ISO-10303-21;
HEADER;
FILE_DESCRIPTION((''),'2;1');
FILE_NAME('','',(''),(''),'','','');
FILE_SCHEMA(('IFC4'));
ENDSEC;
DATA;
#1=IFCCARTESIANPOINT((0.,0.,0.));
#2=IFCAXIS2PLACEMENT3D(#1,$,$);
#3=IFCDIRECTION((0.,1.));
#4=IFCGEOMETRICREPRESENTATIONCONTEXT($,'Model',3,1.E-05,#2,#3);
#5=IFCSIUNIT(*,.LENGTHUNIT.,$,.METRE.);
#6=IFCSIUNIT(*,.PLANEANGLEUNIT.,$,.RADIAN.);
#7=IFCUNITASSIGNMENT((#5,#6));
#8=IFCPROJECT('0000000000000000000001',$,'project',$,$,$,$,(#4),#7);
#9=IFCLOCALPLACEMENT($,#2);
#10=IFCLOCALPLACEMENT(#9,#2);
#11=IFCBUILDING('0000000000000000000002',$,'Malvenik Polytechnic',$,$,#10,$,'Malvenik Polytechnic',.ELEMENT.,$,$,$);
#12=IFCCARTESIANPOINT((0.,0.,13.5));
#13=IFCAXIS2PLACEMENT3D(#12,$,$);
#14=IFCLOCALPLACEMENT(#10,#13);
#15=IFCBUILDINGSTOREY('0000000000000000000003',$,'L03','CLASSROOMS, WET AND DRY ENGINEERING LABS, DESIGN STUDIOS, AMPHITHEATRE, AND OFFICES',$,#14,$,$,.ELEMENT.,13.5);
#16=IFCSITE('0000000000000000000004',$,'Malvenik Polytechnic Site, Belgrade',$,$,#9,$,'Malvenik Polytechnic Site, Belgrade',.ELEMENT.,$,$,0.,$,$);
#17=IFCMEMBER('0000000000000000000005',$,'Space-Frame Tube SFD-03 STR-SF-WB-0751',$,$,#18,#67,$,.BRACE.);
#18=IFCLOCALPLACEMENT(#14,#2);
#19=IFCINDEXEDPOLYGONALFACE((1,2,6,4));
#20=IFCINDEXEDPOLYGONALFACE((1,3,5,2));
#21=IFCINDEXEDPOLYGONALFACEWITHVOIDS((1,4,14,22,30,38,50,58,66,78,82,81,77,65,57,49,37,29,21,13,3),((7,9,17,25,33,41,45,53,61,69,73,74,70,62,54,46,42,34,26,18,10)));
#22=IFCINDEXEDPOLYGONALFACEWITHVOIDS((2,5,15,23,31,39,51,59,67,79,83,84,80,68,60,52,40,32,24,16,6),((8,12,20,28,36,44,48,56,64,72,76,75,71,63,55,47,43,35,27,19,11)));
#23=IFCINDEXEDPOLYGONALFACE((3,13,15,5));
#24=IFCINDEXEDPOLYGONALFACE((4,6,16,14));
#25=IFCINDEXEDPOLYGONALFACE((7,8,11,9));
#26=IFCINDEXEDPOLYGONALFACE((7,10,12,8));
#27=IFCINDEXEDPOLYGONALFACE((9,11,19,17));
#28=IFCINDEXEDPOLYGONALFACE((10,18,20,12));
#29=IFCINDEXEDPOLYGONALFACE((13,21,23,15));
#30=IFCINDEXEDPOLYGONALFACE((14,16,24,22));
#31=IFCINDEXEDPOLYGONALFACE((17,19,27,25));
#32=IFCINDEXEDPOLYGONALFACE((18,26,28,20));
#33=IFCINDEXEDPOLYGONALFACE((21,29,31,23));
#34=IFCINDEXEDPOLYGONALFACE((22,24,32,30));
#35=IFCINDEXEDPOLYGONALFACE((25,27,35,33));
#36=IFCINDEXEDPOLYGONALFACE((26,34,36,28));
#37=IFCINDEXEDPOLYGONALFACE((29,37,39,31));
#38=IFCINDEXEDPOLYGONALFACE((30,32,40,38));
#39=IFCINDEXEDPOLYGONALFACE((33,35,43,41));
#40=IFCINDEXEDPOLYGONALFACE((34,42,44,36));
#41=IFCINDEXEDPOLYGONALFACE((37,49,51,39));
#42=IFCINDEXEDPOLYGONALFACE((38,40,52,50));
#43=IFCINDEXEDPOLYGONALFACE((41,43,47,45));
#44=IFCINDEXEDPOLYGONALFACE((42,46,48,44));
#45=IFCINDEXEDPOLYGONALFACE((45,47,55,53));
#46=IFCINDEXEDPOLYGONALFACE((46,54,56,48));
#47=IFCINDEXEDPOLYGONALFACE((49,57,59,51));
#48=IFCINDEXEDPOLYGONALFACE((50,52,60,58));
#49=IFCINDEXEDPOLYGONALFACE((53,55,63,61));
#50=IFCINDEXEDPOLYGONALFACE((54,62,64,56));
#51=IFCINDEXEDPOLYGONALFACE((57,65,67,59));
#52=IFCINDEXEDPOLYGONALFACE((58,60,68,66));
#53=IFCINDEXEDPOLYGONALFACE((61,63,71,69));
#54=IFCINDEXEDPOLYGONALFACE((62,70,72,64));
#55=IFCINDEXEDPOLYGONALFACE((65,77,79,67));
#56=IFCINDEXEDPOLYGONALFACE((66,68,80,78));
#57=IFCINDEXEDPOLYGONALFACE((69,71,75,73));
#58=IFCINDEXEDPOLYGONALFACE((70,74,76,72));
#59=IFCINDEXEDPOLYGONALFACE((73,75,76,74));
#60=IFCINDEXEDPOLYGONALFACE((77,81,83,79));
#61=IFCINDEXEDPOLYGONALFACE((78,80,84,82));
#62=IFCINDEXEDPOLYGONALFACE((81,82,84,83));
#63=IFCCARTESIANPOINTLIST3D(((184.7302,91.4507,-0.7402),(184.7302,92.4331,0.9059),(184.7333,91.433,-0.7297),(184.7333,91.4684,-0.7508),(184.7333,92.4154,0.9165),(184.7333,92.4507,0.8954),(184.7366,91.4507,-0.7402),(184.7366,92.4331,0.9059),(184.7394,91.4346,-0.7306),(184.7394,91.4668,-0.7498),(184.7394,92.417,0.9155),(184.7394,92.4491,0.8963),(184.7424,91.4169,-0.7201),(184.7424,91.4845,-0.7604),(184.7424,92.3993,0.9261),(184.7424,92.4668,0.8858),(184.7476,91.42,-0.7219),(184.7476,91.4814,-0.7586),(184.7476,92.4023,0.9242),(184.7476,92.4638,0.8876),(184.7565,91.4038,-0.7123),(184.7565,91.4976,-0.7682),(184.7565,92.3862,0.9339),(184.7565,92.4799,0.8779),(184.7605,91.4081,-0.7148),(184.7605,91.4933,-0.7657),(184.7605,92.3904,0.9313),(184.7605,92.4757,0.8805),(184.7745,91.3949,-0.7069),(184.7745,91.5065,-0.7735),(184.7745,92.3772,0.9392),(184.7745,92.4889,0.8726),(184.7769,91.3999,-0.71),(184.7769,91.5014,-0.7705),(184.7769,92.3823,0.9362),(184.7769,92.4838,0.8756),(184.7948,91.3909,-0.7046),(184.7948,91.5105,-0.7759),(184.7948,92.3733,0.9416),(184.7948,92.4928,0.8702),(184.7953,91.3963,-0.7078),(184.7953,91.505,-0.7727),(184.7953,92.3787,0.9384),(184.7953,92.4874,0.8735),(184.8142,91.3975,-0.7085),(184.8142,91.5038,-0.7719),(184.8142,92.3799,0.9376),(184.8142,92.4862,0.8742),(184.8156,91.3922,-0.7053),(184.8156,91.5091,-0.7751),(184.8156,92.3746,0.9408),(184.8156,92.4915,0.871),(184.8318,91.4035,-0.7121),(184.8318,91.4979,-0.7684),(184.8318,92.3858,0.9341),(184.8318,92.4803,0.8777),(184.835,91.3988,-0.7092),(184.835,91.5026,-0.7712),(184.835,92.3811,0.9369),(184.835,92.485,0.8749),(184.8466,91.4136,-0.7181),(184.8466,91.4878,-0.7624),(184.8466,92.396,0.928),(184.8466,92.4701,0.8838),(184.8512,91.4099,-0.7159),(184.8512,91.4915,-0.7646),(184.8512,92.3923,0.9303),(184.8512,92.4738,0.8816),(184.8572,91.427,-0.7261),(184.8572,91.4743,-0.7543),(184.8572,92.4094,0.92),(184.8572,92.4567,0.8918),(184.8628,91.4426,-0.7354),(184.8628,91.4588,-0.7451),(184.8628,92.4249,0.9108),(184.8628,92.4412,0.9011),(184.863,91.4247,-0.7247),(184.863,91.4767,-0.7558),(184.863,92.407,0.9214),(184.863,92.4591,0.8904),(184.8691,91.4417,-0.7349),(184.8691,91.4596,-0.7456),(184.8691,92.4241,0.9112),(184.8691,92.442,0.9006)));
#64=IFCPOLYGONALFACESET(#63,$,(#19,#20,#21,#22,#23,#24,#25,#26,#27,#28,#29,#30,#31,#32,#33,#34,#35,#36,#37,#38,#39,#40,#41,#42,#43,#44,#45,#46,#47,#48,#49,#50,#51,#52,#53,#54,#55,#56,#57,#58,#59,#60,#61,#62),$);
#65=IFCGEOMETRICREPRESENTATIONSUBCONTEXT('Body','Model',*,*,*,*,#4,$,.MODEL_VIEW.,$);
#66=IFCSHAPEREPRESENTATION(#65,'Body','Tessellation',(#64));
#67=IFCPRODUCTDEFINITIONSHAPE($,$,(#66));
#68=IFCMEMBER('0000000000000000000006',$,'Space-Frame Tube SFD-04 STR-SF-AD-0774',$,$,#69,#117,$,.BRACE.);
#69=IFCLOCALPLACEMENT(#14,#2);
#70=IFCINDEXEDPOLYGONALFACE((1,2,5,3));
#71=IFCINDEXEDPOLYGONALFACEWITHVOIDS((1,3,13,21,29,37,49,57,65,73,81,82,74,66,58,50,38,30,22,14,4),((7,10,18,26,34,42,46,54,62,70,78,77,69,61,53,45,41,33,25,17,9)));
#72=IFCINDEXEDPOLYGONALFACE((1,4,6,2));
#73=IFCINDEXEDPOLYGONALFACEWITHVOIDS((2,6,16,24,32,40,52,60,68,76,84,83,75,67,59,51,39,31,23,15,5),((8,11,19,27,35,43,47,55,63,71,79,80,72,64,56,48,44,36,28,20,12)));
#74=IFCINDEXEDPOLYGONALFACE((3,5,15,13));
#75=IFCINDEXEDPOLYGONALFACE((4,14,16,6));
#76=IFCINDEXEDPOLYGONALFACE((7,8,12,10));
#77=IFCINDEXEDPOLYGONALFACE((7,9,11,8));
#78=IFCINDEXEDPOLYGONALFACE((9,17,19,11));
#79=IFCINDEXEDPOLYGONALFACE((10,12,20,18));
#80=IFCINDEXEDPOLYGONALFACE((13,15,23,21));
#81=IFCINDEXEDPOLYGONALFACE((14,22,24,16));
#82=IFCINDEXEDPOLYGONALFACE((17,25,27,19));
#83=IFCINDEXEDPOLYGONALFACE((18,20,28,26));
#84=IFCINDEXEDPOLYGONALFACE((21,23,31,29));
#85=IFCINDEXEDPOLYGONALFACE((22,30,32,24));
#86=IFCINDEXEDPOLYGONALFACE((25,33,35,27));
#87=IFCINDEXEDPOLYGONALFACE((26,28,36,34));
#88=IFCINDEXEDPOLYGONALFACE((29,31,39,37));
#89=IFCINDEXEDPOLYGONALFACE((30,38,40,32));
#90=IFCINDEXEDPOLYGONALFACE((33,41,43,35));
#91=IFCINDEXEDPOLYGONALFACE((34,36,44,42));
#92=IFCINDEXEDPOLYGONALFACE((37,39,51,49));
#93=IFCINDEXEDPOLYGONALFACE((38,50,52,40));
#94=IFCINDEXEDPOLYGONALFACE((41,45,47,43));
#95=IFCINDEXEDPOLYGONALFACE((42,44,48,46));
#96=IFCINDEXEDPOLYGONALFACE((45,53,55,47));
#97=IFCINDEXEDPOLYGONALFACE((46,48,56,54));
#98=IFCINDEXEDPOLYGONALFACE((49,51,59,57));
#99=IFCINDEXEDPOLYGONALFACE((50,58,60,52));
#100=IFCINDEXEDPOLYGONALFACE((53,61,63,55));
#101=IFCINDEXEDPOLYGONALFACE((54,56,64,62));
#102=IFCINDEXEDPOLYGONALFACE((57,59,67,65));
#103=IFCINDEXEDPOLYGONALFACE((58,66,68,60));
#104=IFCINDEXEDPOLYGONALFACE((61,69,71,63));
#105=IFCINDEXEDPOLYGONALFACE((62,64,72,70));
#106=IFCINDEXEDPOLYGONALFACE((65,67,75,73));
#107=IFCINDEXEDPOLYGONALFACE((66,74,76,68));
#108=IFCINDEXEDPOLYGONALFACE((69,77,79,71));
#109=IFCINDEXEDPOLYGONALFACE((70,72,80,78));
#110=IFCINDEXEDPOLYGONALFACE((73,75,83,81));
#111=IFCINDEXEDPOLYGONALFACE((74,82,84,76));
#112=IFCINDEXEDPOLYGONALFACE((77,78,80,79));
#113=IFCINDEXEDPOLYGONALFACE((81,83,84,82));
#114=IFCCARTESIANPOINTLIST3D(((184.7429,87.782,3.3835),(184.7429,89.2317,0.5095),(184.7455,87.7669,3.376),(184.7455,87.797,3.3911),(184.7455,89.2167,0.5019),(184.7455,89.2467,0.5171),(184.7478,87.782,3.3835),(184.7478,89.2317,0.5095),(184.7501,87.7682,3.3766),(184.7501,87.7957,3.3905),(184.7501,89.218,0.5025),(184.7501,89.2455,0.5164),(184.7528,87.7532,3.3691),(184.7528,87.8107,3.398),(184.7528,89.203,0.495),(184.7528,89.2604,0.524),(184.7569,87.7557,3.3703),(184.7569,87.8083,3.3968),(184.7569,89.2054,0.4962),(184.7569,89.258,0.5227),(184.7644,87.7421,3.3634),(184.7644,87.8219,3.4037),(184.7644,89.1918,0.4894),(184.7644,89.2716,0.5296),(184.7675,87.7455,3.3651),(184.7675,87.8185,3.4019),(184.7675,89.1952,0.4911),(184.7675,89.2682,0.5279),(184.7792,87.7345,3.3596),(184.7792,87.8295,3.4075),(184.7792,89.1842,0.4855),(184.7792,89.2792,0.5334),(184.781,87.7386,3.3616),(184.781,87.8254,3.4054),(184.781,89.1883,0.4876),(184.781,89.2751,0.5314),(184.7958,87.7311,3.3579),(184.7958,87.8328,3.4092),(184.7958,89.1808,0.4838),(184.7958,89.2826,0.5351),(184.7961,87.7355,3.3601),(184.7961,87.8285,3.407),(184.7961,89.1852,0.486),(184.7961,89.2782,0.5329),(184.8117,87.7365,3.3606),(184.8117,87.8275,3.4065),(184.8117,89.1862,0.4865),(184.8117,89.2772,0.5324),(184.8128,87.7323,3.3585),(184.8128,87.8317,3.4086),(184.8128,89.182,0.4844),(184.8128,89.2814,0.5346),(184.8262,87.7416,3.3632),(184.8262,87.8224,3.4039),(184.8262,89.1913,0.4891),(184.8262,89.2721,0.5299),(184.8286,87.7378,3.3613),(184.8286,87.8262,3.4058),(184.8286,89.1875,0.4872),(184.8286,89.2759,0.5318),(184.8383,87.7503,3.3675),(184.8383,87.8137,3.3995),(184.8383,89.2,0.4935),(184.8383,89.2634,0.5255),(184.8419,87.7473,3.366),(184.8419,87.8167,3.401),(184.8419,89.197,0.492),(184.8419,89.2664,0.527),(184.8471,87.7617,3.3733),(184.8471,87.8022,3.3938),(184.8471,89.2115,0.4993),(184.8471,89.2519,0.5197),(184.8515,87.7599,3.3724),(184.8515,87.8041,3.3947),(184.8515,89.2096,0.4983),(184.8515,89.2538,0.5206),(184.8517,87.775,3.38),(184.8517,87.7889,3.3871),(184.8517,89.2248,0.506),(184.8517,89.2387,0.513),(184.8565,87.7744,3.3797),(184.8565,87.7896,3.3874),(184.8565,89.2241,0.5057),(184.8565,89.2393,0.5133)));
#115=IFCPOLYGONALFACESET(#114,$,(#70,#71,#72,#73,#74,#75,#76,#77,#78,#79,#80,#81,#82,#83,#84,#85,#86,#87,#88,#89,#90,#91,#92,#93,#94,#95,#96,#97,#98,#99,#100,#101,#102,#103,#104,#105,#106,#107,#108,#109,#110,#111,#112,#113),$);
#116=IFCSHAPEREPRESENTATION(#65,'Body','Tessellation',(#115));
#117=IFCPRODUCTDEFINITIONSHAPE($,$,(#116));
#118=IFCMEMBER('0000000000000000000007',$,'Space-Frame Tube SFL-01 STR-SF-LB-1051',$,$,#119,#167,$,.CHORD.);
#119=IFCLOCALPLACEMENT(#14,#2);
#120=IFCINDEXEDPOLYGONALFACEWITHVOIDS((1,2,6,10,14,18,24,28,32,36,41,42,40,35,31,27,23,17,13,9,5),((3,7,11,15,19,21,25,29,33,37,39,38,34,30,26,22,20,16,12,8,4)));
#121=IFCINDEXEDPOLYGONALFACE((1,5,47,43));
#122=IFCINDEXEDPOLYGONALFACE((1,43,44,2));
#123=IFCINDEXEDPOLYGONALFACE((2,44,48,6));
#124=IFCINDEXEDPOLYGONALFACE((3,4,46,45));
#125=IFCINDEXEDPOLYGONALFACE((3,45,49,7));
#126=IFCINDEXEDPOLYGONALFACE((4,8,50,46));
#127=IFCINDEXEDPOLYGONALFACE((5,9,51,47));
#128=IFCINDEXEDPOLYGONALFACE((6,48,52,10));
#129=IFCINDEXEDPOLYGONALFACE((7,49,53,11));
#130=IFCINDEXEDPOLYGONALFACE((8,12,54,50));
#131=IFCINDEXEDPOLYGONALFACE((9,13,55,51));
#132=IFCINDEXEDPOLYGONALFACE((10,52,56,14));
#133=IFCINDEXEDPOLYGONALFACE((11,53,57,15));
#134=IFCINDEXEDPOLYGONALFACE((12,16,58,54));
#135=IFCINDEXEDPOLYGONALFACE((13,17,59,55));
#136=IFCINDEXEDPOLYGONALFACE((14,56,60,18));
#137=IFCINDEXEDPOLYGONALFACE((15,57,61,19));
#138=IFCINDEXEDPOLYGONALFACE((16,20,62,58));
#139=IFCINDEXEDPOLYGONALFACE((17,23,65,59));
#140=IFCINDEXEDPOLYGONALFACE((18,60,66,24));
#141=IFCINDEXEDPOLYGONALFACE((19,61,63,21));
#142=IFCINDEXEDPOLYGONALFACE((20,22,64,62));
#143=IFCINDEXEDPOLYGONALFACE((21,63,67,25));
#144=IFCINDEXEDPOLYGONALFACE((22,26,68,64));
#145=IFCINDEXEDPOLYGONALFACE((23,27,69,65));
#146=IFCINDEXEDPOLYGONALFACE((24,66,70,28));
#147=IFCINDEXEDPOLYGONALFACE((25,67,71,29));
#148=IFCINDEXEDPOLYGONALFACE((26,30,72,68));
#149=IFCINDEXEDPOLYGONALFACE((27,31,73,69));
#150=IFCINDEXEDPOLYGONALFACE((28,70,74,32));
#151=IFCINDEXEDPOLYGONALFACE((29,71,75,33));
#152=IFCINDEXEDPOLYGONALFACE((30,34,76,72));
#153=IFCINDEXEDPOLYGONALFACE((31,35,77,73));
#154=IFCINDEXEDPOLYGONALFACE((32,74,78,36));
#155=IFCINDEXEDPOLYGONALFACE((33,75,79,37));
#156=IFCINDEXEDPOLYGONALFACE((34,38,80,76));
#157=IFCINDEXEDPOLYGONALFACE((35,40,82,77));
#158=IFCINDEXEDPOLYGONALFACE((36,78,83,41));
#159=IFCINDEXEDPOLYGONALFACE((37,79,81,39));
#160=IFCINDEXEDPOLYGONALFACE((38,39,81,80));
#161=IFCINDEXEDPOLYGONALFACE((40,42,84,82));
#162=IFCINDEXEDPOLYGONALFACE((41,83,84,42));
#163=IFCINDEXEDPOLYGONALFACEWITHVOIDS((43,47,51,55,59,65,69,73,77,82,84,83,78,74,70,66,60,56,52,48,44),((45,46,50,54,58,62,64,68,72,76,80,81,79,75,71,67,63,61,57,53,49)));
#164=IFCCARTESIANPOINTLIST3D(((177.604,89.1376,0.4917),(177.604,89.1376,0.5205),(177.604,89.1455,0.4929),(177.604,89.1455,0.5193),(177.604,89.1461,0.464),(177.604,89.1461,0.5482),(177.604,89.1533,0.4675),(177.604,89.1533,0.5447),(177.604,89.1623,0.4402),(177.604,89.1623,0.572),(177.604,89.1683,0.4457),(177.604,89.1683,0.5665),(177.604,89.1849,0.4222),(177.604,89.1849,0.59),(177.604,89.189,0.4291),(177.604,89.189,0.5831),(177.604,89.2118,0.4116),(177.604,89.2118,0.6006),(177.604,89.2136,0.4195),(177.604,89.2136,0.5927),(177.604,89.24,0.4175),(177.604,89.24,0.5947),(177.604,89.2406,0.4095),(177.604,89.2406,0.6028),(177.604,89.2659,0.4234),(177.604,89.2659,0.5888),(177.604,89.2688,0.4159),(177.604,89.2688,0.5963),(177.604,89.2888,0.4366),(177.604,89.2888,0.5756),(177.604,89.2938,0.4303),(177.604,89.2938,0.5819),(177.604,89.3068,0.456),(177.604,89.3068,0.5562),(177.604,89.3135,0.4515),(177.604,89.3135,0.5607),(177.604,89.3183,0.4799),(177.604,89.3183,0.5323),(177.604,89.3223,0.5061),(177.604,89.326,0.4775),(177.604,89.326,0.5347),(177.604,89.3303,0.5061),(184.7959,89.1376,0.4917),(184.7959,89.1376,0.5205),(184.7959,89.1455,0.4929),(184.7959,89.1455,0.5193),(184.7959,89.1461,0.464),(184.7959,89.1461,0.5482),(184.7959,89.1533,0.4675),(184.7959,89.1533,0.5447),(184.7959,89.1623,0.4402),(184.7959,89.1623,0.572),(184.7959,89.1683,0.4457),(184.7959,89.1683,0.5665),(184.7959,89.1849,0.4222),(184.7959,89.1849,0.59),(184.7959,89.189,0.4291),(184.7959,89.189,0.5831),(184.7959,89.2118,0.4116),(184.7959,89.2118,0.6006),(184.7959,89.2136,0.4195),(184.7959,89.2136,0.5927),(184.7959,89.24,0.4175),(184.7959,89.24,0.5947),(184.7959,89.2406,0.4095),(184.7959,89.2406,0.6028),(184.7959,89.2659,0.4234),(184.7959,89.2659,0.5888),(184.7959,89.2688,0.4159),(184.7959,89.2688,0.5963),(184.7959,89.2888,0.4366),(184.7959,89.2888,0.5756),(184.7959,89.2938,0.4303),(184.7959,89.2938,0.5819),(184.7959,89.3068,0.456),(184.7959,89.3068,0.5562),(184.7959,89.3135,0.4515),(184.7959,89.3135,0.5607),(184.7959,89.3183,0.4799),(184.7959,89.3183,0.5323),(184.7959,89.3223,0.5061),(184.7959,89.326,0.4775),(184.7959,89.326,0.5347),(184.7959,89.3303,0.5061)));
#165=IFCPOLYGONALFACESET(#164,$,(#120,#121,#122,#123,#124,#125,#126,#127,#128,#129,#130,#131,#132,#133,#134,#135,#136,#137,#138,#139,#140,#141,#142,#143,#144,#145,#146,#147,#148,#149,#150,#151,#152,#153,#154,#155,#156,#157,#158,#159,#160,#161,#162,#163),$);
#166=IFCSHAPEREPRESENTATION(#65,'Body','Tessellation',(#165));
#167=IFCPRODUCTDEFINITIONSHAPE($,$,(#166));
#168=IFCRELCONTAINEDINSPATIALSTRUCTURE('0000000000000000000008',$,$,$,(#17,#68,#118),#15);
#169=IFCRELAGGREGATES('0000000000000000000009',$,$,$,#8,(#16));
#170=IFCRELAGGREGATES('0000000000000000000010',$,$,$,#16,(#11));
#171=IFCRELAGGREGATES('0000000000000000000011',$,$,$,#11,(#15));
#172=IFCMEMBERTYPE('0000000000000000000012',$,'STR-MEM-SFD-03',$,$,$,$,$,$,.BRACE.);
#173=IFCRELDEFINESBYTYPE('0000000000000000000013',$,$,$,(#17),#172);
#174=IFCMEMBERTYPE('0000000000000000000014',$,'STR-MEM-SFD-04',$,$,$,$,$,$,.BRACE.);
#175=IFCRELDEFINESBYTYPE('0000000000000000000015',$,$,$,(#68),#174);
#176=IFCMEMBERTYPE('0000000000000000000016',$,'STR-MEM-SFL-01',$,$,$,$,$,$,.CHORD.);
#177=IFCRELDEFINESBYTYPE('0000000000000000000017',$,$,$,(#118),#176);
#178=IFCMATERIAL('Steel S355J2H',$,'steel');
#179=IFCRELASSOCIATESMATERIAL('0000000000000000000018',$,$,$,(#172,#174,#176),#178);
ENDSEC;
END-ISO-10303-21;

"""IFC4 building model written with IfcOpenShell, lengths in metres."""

from ifc_helpers import new_model, si_unit, direction, frame, origin, origin_2d, place, context, subcontext, project, spatial, hollow_circle, extrude, material, material_profile, profile_set, type_object, element, save


model = new_model("IFC4")

# Units and contexts
model_context = context("Model", 3, precision=1e-05, world=origin(), true_north=direction((0.0, 1.0)))
body_context = subcontext(model_context, "Body", "Model", "MODEL_VIEW")
ifc_project = project(units=[si_unit("LENGTHUNIT", "METRE"), si_unit("PLANEANGLEUNIT", "RADIAN")], contexts=[model_context])

# Site, building, storey
site_placement = place(None, origin())
site = spatial("IfcSite", under=ifc_project, at=site_placement, Name="Malvenik Polytechnic Site, Belgrade", LongName="Malvenik Polytechnic Site, Belgrade", CompositionType="ELEMENT", RefElevation=0.0)
building_placement = place(site_placement, origin())
building = spatial("IfcBuilding", under=site, at=building_placement, Name="Malvenik Polytechnic", LongName="Malvenik Polytechnic", CompositionType="ELEMENT")
storey_placement = place(building_placement, frame((0.0, 0.0, 13.5)))
storey = spatial("IfcBuildingStorey", under=building, at=storey_placement, Name="L03", Description="CLASSROOMS, WET AND DRY ENGINEERING LABS, DESIGN STUDIOS, AMPHITHEATRE, AND OFFICES", CompositionType="ELEMENT", Elevation=13.5)

# Members
ifc_material_1 = material(Name="Steel S355J2H", Category="steel")
ifc_material_profile_1 = material_profile(ifc_material_1, hollow_circle(Radius=0.0698, WallThickness=0.0063, at=origin_2d()), Name="CHS 139.7x6.3")
ifc_profile_set_1 = profile_set([ifc_material_profile_1], Name="Steel S355J2H")
member_type_1 = type_object("IfcMemberType", Name="STR-MEM-SFD-03", PredefinedType="BRACE", material=ifc_profile_set_1)
for number, where, z_axis, x_axis, name in (
    (1, (184.8, 91.4507, -0.7402), (0.0, 0.512453, 0.858715), (-1.0, 0.0, 0.0), "Space-Frame Tube SFD-03 STR-SF-WB-0751"),
):
    element("IfcMember", number, at=place(storey_placement, frame(where, z_axis=z_axis, x_axis=x_axis)), inside=storey, type_object=member_type_1, Name=name, PredefinedType="BRACE", context=body_context, shape_type="SweptSolid", body=[
        extrude(hollow_circle(Radius=0.0698, WallThickness=0.0063, at=origin_2d()), origin(), (0.0, 0.0, 1.0), 1.917),
    ])
ifc_material_profile_2 = material_profile(ifc_material_1, hollow_circle(Radius=0.0571, WallThickness=0.0049, at=origin_2d()), Name="CHS 114.3x5.0")
ifc_profile_set_2 = profile_set([ifc_material_profile_2], Name="Steel S355J2H")
member_type_2 = type_object("IfcMemberType", Name="STR-MEM-SFD-04", PredefinedType="BRACE", material=ifc_profile_set_2)
member_1_placement = place(storey_placement, frame((184.8, 87.782, 3.3835), z_axis=(0.0, 0.450366, -0.892844), x_axis=(-1.0, 0.0, 0.0)))
element("IfcMember", 2, at=member_1_placement, inside=storey, type_object=member_type_2, Name="Space-Frame Tube SFD-04 STR-SF-AD-0774", PredefinedType="BRACE", context=body_context, shape_type="SweptSolid", body=[
    extrude(hollow_circle(Radius=0.0571, WallThickness=0.0049, at=origin_2d()), origin(), (0.0, 0.0, 1.0), 3.219),
])
ifc_material_profile_3 = material_profile(ifc_material_1, hollow_circle(Radius=0.0969, WallThickness=0.0081, at=origin_2d()), Name="CHS 193.7x8.0")
ifc_profile_set_3 = profile_set([ifc_material_profile_3], Name="Steel S355J2H")
member_type_3 = type_object("IfcMemberType", Name="STR-MEM-SFL-01", PredefinedType="CHORD", material=ifc_profile_set_3)
for number, where, z_axis, x_axis, name in (
    (3, (177.604, 89.2334, 0.5061), (1.0, 0.0, 0.0), (0.0, 1.0, 0.0), "Space-Frame Tube SFL-01 STR-SF-LB-1051"),
):
    element("IfcMember", number, at=place(storey_placement, frame(where, z_axis=z_axis, x_axis=x_axis)), inside=storey, type_object=member_type_3, Name=name, PredefinedType="CHORD", context=body_context, shape_type="SweptSolid", body=[
        extrude(hollow_circle(Radius=0.0969, WallThickness=0.0081, at=origin_2d()), origin(), (0.0, 0.0, 1.0), 7.1919),
    ])

save(model, "model.ifc")
